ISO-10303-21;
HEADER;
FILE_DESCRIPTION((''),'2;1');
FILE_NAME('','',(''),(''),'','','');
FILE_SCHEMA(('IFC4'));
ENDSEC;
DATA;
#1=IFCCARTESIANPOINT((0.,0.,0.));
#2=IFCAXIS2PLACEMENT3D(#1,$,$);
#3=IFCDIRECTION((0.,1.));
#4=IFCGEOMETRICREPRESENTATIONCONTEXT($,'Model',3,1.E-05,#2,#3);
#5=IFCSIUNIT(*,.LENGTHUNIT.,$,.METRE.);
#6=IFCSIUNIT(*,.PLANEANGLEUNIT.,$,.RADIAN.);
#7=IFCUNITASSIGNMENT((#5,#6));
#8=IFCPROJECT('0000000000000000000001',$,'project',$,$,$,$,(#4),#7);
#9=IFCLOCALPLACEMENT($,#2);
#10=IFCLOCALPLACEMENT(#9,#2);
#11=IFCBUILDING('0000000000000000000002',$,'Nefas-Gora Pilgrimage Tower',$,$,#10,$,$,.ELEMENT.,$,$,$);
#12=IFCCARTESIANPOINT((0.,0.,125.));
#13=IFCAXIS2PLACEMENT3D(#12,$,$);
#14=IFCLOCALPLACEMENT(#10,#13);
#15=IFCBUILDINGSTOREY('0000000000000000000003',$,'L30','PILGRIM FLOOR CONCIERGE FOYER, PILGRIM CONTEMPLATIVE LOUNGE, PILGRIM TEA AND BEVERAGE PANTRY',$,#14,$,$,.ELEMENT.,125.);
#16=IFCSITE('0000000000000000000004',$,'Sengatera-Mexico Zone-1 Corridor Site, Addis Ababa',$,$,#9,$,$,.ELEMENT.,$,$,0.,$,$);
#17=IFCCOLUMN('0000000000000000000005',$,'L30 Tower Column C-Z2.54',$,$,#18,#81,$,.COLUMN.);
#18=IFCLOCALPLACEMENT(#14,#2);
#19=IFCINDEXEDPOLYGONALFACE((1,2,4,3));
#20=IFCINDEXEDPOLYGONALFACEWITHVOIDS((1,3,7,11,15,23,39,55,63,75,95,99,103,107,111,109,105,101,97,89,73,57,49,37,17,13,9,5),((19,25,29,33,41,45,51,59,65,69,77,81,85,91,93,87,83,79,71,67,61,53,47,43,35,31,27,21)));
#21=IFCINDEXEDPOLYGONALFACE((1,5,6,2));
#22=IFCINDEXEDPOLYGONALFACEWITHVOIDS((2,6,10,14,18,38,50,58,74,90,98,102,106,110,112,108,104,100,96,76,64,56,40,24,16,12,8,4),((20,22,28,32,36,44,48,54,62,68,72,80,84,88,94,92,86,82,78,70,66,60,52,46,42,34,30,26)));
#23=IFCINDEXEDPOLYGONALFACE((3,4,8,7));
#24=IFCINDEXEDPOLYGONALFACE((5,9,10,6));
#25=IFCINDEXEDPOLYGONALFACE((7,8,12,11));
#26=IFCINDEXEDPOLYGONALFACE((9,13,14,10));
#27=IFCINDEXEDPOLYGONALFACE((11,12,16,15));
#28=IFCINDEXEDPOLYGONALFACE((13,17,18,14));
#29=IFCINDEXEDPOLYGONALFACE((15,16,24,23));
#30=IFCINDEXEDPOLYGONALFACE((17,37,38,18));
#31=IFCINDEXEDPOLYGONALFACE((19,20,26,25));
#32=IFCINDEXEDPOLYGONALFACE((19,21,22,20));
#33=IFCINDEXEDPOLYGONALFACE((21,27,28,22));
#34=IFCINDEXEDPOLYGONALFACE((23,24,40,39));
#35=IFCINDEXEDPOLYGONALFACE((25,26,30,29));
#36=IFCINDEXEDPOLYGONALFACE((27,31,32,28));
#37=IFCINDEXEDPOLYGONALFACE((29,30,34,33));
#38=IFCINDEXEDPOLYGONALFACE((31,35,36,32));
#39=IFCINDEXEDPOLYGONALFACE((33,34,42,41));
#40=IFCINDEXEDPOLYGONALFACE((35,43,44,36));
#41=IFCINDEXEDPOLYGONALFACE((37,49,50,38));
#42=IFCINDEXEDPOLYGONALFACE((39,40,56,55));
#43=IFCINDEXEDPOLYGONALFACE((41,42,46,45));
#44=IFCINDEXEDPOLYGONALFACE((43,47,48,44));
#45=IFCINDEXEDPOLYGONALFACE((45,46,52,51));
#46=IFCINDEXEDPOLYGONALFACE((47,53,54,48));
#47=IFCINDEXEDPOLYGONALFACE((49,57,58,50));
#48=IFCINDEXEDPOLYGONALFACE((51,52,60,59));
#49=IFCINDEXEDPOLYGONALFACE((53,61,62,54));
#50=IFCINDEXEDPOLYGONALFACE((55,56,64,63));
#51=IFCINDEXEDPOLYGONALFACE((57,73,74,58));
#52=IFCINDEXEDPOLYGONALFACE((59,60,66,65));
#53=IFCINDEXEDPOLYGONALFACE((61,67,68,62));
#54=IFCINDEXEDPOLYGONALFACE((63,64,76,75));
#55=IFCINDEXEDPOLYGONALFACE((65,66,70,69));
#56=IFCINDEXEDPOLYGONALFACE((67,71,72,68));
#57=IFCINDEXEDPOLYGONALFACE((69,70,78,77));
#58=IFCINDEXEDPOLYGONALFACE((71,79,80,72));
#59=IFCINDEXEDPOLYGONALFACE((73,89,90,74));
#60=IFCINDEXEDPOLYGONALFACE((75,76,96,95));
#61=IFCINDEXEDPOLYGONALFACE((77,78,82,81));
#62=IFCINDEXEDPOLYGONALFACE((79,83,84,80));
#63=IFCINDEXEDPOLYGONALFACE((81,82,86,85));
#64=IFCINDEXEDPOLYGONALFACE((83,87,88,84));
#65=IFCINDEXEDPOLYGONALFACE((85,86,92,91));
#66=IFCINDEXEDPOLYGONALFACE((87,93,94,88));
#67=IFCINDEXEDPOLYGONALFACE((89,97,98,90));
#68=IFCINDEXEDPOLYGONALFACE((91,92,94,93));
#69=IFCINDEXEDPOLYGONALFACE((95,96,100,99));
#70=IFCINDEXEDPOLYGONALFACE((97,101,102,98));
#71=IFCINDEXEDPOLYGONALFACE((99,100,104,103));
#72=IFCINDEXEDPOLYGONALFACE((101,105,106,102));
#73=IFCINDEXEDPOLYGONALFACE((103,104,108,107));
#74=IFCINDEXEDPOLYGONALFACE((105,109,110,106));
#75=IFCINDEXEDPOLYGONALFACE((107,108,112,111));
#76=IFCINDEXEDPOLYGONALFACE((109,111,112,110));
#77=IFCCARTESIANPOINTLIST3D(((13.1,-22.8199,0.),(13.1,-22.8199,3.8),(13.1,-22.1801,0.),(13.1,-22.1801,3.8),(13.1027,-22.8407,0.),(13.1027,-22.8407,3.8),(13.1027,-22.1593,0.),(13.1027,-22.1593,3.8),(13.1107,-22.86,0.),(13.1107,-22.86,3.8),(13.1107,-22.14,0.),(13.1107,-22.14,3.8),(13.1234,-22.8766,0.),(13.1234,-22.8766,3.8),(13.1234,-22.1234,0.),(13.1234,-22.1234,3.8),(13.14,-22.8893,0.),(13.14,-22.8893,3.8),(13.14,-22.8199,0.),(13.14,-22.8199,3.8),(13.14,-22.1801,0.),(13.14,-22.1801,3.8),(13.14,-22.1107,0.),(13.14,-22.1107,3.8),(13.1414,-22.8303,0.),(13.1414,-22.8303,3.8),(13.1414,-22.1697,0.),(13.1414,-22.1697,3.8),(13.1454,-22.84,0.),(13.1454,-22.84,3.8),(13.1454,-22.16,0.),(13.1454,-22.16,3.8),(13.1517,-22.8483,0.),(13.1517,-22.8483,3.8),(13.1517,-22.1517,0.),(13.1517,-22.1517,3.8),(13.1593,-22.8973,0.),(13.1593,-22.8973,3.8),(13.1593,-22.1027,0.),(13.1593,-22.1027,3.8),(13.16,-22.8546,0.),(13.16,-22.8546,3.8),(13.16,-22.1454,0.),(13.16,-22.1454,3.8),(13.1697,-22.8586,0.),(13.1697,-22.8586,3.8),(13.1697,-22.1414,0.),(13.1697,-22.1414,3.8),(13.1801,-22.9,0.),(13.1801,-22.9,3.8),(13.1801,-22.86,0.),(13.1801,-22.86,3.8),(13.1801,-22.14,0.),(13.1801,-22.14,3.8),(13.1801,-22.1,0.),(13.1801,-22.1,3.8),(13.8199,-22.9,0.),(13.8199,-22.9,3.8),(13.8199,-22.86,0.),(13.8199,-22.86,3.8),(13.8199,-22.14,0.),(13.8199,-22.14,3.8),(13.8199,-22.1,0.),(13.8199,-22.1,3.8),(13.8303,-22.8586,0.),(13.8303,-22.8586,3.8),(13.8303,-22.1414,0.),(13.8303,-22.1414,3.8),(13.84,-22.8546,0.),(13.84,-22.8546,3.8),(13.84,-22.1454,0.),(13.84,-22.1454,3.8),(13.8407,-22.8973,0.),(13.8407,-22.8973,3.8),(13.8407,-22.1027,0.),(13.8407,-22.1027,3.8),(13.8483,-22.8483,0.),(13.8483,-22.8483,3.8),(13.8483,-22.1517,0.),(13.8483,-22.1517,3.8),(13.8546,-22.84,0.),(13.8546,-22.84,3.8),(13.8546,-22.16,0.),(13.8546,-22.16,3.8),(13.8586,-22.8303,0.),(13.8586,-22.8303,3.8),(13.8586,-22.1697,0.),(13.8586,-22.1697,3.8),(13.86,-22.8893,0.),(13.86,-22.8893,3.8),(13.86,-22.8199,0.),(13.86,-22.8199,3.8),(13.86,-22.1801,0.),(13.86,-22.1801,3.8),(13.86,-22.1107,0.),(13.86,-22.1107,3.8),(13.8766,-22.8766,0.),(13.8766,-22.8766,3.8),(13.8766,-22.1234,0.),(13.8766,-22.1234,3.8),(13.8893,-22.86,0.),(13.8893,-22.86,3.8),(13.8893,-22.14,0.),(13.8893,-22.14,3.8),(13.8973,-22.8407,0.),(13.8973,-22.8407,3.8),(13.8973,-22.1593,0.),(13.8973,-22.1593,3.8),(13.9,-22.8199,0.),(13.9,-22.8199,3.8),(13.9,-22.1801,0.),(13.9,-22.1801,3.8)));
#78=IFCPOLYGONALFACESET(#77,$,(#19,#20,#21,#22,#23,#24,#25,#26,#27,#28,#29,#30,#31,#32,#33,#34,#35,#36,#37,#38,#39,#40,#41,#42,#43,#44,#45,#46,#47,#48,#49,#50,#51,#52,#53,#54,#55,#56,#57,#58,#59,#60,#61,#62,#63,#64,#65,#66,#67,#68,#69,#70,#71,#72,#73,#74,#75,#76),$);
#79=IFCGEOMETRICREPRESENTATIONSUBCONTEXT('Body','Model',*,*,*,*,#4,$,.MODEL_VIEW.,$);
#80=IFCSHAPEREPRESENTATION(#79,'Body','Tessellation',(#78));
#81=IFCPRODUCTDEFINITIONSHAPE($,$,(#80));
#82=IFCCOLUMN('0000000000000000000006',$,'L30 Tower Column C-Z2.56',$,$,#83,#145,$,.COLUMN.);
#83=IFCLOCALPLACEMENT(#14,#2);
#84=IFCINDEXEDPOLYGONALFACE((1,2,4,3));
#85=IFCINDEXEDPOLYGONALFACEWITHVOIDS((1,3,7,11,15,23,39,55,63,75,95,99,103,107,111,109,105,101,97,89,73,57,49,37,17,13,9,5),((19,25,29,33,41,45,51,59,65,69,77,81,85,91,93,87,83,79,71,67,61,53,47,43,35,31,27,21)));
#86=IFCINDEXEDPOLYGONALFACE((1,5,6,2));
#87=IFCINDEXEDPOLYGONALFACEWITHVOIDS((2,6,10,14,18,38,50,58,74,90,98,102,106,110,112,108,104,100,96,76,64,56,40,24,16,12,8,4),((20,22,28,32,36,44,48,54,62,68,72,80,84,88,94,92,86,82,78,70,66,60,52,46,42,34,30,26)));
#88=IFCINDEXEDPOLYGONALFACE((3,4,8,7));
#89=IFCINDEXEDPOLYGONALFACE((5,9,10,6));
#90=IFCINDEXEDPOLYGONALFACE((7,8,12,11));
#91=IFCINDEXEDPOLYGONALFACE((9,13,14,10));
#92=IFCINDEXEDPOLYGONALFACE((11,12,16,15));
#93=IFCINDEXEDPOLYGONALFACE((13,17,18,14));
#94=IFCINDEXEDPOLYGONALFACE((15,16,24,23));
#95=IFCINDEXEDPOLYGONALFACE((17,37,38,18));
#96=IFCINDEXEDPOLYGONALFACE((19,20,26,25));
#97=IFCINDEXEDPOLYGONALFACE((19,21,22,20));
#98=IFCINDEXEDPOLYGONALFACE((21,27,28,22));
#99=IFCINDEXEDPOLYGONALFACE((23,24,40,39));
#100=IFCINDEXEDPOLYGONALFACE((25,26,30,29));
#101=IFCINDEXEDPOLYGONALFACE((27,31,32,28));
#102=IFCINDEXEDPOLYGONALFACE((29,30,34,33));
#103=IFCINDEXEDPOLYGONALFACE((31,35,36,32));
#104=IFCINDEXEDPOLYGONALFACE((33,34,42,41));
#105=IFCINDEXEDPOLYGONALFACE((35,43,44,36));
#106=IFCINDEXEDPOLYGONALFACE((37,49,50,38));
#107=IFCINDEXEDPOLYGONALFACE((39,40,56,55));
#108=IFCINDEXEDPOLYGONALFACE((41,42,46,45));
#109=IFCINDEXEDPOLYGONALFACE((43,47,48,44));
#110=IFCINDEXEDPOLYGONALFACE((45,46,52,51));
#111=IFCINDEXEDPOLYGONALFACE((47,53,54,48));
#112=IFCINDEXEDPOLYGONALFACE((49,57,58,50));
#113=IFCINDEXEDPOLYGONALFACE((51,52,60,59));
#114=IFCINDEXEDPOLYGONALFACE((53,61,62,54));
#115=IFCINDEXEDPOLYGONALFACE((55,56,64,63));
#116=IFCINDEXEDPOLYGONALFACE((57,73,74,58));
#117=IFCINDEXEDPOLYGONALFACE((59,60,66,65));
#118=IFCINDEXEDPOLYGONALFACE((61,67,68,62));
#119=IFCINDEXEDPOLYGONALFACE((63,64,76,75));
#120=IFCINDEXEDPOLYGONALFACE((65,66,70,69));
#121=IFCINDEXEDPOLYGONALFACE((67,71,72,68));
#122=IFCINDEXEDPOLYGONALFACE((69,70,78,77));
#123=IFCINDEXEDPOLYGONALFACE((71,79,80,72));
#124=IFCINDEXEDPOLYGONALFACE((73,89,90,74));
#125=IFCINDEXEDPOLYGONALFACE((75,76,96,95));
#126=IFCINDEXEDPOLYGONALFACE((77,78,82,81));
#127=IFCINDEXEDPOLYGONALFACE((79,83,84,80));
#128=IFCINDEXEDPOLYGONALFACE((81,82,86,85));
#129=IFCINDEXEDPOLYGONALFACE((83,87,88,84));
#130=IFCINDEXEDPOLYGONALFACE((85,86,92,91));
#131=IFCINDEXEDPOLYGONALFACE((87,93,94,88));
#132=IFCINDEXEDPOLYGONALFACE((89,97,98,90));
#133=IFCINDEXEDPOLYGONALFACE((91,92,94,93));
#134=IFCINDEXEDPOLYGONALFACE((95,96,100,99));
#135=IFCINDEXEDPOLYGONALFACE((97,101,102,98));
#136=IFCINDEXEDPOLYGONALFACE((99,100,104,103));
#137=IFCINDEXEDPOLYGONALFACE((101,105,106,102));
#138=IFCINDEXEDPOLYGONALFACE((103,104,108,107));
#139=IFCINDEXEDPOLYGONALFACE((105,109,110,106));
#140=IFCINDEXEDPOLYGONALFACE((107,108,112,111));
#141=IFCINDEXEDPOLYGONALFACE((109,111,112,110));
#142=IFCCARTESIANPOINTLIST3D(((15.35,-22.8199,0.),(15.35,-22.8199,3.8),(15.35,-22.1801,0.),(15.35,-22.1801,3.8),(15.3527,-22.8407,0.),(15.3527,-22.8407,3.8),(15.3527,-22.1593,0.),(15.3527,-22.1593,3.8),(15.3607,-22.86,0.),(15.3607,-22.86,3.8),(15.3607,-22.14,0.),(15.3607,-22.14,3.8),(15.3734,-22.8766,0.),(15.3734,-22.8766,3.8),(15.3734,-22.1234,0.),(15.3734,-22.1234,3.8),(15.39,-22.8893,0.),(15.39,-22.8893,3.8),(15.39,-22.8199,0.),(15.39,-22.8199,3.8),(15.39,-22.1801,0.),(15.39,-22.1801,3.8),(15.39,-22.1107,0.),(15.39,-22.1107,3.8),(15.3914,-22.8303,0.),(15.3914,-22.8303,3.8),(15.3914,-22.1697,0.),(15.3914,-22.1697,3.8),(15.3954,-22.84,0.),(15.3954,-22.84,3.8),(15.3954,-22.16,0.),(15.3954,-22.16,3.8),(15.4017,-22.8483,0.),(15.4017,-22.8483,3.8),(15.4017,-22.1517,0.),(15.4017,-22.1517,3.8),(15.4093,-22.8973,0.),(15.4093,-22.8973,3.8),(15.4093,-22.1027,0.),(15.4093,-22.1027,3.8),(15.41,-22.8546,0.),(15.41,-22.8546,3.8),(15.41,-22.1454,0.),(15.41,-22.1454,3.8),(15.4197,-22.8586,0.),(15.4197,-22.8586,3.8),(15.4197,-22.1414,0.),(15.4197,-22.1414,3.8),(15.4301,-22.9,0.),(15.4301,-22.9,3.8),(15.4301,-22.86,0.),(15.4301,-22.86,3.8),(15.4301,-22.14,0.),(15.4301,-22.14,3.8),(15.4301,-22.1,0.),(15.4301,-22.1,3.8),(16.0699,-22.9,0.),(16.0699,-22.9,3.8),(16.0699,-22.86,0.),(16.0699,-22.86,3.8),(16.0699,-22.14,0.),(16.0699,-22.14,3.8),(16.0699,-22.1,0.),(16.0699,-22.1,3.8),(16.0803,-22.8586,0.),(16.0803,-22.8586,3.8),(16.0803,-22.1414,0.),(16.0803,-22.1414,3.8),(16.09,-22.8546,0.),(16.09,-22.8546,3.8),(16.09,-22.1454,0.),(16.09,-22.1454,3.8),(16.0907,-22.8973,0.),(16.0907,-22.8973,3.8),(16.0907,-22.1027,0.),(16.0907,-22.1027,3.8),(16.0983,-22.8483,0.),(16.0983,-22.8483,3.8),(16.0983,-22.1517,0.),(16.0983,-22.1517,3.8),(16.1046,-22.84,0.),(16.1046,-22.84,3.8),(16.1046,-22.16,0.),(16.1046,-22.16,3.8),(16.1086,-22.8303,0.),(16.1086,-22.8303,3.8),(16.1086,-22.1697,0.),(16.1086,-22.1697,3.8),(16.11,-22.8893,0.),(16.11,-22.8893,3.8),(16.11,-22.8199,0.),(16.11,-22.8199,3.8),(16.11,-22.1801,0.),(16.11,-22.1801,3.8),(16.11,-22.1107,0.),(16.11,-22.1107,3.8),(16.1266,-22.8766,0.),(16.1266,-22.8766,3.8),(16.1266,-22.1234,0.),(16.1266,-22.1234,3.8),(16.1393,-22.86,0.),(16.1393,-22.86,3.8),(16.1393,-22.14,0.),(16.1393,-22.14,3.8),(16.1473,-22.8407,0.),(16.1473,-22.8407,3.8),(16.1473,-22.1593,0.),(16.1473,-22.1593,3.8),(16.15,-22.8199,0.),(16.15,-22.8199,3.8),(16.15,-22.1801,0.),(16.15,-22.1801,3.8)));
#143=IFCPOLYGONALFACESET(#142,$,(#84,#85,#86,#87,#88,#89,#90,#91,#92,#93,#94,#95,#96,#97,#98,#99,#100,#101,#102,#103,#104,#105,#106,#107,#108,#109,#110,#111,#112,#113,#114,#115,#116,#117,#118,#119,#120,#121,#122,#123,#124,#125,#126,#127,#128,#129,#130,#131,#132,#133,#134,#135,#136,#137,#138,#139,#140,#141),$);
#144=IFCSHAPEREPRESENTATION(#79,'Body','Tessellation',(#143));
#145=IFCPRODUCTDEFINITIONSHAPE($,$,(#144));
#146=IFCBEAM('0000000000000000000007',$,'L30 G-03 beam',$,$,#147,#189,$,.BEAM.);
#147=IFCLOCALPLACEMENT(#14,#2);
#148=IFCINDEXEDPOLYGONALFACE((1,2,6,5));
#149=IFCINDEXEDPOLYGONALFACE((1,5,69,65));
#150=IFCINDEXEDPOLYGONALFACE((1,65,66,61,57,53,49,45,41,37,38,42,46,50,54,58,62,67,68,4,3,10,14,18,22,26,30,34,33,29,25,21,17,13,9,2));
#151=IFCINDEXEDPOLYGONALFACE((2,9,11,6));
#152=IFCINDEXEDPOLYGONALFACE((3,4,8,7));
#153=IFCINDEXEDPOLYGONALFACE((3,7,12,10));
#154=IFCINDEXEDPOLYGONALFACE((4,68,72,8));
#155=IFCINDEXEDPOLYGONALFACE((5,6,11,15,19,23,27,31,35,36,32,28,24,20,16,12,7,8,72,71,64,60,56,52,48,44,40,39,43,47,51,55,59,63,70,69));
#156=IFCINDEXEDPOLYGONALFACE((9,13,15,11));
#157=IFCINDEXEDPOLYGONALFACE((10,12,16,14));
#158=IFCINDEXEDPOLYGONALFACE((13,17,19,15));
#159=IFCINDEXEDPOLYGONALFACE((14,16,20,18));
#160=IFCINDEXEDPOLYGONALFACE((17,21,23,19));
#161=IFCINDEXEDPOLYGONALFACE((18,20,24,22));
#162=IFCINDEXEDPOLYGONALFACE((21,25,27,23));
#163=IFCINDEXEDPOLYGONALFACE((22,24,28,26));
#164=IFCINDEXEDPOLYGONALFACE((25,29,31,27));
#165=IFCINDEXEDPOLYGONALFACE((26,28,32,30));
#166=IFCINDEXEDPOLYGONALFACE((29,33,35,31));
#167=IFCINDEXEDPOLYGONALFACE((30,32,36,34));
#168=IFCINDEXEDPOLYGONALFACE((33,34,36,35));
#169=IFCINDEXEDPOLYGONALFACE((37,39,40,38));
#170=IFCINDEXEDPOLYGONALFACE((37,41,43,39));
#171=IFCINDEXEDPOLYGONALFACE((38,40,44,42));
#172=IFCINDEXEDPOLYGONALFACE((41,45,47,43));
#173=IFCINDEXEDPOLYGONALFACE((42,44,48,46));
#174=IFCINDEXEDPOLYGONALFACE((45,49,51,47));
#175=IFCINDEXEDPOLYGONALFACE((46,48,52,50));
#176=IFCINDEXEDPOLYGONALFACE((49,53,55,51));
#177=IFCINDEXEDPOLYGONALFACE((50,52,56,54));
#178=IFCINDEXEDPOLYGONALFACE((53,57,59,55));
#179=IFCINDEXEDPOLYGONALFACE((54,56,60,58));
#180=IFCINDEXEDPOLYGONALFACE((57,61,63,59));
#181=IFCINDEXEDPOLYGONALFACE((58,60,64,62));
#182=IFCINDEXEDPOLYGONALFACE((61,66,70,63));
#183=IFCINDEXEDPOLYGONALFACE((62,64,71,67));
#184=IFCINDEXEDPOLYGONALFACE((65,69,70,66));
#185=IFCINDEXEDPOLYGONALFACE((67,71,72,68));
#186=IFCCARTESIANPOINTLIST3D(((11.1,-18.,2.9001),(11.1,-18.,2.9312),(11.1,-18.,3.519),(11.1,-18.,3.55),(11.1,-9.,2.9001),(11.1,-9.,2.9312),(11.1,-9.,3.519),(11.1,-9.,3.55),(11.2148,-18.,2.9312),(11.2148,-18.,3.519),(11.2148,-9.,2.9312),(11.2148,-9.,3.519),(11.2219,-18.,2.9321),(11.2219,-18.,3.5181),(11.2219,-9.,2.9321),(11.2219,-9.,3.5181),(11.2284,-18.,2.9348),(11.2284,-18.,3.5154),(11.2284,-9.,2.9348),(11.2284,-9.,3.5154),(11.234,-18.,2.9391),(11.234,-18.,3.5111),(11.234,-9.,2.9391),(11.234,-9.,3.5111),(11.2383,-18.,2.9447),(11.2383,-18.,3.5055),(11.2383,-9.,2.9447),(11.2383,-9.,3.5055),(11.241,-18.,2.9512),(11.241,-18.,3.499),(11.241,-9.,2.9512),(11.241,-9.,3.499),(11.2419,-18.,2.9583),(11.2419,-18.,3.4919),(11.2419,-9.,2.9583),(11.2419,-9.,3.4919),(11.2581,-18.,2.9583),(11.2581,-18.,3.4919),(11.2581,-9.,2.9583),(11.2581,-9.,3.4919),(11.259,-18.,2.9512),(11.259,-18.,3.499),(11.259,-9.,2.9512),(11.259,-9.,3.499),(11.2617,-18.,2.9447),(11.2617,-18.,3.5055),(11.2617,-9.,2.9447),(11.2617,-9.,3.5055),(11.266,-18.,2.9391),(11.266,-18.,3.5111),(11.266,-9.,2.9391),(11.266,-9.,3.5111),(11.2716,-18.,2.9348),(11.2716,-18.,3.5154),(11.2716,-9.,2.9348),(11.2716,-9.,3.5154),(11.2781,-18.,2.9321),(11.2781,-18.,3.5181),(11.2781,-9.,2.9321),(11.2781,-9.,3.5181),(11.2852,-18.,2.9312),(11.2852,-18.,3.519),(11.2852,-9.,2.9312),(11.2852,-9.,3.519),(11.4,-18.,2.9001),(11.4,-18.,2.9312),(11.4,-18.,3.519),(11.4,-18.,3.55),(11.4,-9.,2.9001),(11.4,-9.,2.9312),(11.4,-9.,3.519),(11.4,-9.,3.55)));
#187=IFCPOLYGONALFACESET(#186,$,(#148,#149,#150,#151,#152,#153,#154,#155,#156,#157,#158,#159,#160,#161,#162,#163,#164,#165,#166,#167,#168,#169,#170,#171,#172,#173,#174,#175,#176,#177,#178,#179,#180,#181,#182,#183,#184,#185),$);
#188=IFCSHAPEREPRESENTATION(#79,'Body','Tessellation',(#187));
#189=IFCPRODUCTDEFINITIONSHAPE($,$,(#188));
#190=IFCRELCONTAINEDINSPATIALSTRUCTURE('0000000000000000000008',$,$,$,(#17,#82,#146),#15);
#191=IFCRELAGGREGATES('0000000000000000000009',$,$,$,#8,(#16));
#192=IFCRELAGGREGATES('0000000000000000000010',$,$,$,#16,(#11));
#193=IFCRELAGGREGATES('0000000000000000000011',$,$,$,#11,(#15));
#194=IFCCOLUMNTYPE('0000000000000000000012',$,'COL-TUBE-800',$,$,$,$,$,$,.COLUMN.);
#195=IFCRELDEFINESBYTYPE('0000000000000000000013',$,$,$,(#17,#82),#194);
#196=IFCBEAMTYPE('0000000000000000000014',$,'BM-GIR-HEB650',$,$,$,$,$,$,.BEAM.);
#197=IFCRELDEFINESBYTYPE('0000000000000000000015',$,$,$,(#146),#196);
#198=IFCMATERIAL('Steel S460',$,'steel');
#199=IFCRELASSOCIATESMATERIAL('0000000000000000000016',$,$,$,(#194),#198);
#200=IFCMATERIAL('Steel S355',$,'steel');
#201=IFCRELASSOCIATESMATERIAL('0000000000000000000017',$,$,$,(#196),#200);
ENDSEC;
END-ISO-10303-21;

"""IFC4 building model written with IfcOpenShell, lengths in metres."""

from ifc_helpers import new_model, si_unit, direction, frame, origin, origin_2d, place, context, subcontext, project, spatial, hollow_rectangle, i_section, extrude, source, transform, mapped, material, material_profile, profile_set, type_object, element, save


model = new_model("IFC4")

# Units and contexts
model_context = context("Model", 3, precision=1e-05, world=origin(), true_north=direction((0.0, 1.0)))
body_context = subcontext(model_context, "Body", "Model", "MODEL_VIEW")
ifc_project = project(units=[si_unit("LENGTHUNIT", "METRE"), si_unit("PLANEANGLEUNIT", "RADIAN")], contexts=[model_context])

# Site, building, storey
site_placement = place(None, origin())
site = spatial("IfcSite", under=ifc_project, at=site_placement, Name="Sengatera-Mexico Zone-1 Corridor Site, Addis Ababa", CompositionType="ELEMENT", RefElevation=0.0)
building_placement = place(site_placement, origin())
building = spatial("IfcBuilding", under=site, at=building_placement, Name="Nefas-Gora Pilgrimage Tower", CompositionType="ELEMENT")
storey_placement = place(building_placement, frame((0.0, 0.0, 125.0)))
storey = spatial("IfcBuildingStorey", under=building, at=storey_placement, Name="L30", Description="PILGRIM FLOOR CONCIERGE FOYER, PILGRIM CONTEMPLATIVE LOUNGE, PILGRIM TEA AND BEVERAGE PANTRY", CompositionType="ELEMENT", Elevation=125.0)

# Columns
ifc_material_1 = material(Name="Steel S460", Category="steel")
ifc_material_profile_1 = material_profile(ifc_material_1, hollow_rectangle(XDim=0.8, YDim=0.8, WallThickness=0.04, InnerFilletRadius=0.04, OuterFilletRadius=0.0801, at=origin_2d()), Name="BOX 800x800x40")
ifc_profile_set_1 = profile_set([ifc_material_profile_1], Name="Steel S460")
column_type_1 = type_object("IfcColumnType", Name="COL-TUBE-800", PredefinedType="COLUMN", material=ifc_profile_set_1)
shared_shape_1 = source(origin(), body_context, "Body", "SweptSolid", [
    extrude(hollow_rectangle(XDim=0.8, YDim=0.8, WallThickness=0.04, InnerFilletRadius=0.04, OuterFilletRadius=0.0801, at=origin_2d()), origin(), (0.0, 0.0, 1.0), 3.8),
])
for number, where, z_axis, x_axis, name in (
    (1, (13.5, -22.5, 0.0), (0.0, 0.0, 1.0), (1.0, 0.0, 0.0), "L30 Tower Column C-Z2.54"),
    (2, (15.75, -22.5, 0.0), (0.0, 0.0, 1.0), (1.0, 0.0, 0.0), "L30 Tower Column C-Z2.56"),
):
    element("IfcColumn", number, at=place(storey_placement, frame(where, z_axis=z_axis, x_axis=x_axis)), inside=storey, type_object=column_type_1, Name=name, PredefinedType="COLUMN", context=body_context, shape_type="MappedRepresentation", body=[
        mapped(shared_shape_1, transform((0.0, 0.0, 0.0), x_axis=(1.0, 0.0, 0.0), y_axis=(0.0, 1.0, 0.0), z_axis=(0.0, 0.0, 1.0), scale=1.0)),
    ])

# Beam
ifc_material_2 = material(Name="Steel S355", Category="steel")
ifc_material_profile_2 = material_profile(ifc_material_2, i_section(OverallWidth=0.3, OverallDepth=0.6499, WebThickness=0.0161, FlangeThickness=0.031, FilletRadius=0.0271, at=origin_2d()), Name="HEB 650")
ifc_profile_set_2 = profile_set([ifc_material_profile_2], Name="Steel S355")
beam_type_1 = type_object("IfcBeamType", Name="BM-GIR-HEB650", PredefinedType="BEAM", material=ifc_profile_set_2)
shared_shape_2 = source(origin(), body_context, "Body", "SweptSolid", [
    extrude(i_section(OverallWidth=0.3, OverallDepth=0.6499, WebThickness=0.0161, FlangeThickness=0.031, FilletRadius=0.0271, at=origin_2d()), origin(), (0.0, 0.0, 1.0), 9.0),
])
beam_1_placement = place(storey_placement, frame((11.25, -18.0, 3.2251), z_axis=(0.0, 1.0, 0.0), x_axis=(-1.0, 0.0, 0.0)))
element("IfcBeam", 3, at=beam_1_placement, inside=storey, type_object=beam_type_1, Name="L30 G-03 beam", PredefinedType="BEAM", context=body_context, shape_type="MappedRepresentation", body=[
    mapped(shared_shape_2, transform((0.0, 0.0, 0.0), x_axis=(1.0, 0.0, 0.0), y_axis=(0.0, 1.0, 0.0), z_axis=(0.0, 0.0, 1.0), scale=1.0)),
])

save(model, "model.ifc")
